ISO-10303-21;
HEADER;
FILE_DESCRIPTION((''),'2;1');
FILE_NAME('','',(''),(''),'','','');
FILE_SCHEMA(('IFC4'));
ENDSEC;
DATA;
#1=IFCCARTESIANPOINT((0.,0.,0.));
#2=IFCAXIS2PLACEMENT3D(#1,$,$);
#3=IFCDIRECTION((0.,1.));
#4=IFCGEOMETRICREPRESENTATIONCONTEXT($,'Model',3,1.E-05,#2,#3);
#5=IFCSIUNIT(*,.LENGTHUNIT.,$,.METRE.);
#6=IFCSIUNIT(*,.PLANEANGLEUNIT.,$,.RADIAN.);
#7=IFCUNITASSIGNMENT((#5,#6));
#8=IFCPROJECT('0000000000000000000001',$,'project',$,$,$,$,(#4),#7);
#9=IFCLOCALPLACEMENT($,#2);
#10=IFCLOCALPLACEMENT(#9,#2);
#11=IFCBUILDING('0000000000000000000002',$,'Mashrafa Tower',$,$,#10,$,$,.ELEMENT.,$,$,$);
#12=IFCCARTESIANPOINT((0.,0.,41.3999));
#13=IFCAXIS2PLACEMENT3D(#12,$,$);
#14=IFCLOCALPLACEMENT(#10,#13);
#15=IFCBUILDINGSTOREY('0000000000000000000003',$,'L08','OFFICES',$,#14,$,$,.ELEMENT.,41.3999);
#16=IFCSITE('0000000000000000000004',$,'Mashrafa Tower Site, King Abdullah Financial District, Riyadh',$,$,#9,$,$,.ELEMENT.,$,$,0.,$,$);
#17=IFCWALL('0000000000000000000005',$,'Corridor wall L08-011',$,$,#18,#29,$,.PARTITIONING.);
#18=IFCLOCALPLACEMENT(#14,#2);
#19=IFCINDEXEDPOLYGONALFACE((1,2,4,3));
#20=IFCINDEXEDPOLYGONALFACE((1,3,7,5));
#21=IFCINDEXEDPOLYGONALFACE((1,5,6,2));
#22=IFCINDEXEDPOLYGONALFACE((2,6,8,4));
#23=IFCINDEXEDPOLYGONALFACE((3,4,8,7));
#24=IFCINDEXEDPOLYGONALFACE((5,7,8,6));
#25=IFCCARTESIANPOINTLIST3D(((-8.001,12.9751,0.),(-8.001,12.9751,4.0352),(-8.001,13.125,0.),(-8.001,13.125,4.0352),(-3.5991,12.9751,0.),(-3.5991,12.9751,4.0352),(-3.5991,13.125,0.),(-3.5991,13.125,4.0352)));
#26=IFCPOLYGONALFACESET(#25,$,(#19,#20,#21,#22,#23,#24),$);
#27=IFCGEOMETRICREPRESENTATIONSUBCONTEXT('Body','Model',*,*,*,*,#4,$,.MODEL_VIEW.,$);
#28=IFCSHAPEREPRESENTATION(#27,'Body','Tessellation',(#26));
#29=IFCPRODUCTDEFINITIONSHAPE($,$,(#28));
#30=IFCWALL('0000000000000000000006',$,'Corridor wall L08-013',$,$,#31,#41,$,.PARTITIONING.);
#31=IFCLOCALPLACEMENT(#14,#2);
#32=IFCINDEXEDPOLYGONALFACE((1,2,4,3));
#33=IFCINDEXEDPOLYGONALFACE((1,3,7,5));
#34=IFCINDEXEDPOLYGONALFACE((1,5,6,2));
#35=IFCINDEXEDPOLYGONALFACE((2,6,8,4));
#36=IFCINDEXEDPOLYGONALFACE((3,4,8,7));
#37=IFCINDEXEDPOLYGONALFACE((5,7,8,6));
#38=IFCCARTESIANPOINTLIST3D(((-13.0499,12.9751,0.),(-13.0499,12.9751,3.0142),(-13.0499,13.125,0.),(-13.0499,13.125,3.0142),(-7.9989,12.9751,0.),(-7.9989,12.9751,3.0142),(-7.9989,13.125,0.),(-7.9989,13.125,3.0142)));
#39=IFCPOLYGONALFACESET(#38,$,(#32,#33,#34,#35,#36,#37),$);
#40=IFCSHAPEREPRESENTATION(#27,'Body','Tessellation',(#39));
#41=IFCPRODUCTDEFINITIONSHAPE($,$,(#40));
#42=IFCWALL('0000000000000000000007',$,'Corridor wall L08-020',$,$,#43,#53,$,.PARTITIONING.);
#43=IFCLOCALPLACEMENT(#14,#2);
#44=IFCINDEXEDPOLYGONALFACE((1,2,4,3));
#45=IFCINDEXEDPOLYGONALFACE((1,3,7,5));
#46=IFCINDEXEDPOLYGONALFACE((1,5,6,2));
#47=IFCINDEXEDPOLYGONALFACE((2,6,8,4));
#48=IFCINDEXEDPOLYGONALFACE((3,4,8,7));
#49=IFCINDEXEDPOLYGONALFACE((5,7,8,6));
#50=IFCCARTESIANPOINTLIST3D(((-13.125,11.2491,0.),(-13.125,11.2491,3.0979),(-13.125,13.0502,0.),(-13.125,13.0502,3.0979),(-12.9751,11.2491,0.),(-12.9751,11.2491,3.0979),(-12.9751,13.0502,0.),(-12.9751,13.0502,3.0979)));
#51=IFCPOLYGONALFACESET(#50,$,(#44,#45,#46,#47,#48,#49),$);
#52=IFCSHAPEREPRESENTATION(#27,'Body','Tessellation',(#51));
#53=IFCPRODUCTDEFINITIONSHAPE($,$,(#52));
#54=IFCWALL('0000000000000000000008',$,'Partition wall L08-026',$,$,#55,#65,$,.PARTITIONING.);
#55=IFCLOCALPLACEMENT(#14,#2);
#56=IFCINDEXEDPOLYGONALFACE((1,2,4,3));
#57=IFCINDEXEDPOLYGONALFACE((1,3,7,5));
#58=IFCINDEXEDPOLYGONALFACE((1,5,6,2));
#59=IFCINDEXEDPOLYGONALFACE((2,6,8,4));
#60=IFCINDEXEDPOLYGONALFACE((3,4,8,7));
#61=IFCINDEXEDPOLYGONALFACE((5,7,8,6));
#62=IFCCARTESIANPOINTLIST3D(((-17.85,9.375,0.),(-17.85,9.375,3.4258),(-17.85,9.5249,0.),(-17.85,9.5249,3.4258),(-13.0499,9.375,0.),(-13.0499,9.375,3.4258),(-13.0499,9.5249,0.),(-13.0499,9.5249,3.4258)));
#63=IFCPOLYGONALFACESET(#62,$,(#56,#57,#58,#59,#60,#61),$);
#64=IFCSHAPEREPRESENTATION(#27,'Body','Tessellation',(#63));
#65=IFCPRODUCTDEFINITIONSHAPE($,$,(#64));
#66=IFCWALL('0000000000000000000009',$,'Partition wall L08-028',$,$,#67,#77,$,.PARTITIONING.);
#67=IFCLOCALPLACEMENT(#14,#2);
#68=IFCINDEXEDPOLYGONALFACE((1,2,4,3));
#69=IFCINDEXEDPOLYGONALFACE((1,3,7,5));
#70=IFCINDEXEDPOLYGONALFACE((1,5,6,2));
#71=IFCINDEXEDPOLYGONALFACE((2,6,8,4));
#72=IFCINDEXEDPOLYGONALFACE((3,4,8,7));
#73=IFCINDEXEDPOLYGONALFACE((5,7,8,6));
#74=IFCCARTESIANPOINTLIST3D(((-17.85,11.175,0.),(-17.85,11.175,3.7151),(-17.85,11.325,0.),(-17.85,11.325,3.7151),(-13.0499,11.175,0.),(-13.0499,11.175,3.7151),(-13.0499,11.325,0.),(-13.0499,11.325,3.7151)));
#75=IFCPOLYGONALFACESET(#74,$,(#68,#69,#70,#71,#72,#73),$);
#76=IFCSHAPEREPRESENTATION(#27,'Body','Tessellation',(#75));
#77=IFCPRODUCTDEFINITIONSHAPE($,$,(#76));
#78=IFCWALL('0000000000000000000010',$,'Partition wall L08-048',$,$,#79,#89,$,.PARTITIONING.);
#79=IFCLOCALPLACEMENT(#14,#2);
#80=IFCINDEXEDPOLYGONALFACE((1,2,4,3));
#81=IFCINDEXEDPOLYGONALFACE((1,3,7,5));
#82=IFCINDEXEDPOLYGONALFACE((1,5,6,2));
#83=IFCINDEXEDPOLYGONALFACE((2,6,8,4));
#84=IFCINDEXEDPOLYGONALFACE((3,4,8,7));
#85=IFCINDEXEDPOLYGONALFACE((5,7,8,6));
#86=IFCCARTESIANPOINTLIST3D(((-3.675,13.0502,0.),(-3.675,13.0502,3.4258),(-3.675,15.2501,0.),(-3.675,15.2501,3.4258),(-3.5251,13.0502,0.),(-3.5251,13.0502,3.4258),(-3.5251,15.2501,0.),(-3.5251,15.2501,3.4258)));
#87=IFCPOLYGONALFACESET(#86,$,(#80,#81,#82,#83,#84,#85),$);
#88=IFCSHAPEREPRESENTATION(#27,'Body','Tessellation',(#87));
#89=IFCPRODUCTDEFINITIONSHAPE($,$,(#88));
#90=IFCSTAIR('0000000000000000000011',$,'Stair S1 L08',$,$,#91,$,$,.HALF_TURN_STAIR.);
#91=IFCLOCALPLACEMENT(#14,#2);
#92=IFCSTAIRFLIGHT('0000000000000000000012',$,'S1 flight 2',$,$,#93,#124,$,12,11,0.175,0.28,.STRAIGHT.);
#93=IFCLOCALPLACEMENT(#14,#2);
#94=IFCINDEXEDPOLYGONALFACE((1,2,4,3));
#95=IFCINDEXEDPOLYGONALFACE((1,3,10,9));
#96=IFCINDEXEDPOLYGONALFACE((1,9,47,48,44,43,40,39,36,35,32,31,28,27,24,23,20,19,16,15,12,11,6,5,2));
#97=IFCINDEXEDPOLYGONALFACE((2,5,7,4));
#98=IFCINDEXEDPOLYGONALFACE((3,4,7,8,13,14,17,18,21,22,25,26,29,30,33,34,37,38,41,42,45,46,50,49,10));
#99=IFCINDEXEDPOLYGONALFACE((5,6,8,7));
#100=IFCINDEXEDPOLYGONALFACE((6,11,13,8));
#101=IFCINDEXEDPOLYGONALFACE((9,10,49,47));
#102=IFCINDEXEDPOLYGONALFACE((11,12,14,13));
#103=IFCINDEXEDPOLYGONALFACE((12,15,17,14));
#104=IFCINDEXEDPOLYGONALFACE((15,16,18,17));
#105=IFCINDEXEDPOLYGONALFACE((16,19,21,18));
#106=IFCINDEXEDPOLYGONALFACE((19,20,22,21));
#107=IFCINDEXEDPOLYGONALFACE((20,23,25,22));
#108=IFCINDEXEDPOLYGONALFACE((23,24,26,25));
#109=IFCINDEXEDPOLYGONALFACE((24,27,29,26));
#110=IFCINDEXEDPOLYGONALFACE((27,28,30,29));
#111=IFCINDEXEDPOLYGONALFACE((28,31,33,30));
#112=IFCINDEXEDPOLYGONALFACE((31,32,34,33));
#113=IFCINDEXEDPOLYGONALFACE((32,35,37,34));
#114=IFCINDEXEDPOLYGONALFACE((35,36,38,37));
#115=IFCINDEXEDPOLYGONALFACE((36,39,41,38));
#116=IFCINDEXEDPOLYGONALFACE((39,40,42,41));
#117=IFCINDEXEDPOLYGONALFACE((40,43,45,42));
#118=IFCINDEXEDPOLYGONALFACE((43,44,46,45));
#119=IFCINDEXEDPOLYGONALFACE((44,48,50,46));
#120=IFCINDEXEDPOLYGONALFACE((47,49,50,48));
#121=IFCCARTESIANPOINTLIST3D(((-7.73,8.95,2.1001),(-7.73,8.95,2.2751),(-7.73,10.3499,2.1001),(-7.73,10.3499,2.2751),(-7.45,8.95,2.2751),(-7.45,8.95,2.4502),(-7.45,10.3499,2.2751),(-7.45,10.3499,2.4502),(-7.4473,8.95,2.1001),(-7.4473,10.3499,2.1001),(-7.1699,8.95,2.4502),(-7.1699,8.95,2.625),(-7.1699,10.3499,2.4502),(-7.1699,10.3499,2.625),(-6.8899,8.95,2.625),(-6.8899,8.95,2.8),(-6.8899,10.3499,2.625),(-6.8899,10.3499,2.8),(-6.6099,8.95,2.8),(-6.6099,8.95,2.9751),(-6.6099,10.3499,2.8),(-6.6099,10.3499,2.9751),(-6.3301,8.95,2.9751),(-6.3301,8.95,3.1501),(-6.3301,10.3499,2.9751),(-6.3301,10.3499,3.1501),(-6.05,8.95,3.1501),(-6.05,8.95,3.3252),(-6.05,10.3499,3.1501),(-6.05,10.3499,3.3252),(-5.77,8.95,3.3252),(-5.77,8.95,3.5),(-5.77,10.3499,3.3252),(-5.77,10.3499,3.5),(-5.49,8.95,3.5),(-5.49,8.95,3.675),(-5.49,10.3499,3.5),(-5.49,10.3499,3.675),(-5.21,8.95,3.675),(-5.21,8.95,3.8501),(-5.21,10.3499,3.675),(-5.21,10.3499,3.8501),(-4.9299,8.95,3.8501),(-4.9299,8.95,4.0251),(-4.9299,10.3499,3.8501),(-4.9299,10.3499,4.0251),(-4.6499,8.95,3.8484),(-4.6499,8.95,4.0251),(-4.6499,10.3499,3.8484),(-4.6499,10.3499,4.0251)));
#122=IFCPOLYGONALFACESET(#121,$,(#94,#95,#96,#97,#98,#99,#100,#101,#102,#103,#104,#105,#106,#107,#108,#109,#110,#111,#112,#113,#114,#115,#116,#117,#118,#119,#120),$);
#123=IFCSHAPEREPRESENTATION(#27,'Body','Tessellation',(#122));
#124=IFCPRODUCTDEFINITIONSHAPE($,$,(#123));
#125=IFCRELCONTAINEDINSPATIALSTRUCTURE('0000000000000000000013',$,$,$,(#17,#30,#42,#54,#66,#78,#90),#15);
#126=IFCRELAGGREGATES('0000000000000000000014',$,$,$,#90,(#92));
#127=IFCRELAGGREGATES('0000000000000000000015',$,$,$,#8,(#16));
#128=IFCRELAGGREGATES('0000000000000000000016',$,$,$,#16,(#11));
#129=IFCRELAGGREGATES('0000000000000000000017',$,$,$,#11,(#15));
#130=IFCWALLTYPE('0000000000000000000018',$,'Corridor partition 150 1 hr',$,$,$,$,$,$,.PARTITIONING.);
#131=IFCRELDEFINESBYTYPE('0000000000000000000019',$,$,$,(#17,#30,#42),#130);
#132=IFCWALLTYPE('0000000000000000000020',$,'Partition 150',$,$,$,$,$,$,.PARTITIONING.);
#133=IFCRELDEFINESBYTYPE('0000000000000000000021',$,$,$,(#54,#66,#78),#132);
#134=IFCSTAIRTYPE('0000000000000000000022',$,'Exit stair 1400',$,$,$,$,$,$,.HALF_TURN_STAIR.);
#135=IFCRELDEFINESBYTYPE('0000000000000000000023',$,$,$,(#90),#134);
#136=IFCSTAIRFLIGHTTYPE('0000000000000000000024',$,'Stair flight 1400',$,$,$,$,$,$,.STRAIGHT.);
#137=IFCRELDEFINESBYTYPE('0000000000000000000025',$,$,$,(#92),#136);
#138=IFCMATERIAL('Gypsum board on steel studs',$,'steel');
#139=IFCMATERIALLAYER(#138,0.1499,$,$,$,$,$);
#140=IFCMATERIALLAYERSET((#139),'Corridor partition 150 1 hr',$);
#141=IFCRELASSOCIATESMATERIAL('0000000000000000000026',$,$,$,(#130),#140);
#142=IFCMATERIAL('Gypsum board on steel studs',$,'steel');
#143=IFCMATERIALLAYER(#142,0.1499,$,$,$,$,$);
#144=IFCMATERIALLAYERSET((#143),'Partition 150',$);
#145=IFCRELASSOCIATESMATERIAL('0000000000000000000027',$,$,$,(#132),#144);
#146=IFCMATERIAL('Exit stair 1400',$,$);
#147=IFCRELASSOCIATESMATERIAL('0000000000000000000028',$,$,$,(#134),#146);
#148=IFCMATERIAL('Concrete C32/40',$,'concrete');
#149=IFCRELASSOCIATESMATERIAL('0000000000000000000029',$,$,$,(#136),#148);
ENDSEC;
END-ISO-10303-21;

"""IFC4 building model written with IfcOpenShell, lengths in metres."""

from ifc_helpers import new_model, si_unit, direction, frame, frame_2d, origin, place, context, subcontext, project, spatial, polyline, rectangle, outline, extrude, material, layer, layer_set, type_object, element, aggregate, save


model = new_model("IFC4")

# Units and contexts
model_context = context("Model", 3, precision=1e-05, world=origin(), true_north=direction((0.0, 1.0)))
body_context = subcontext(model_context, "Body", "Model", "MODEL_VIEW")
ifc_project = project(units=[si_unit("LENGTHUNIT", "METRE"), si_unit("PLANEANGLEUNIT", "RADIAN")], contexts=[model_context])

# Site, building, storey
site_placement = place(None, origin())
site = spatial("IfcSite", under=ifc_project, at=site_placement, Name="Mashrafa Tower Site, King Abdullah Financial District, Riyadh", CompositionType="ELEMENT", RefElevation=0.0)
building_placement = place(site_placement, origin())
building = spatial("IfcBuilding", under=site, at=building_placement, Name="Mashrafa Tower", CompositionType="ELEMENT")
storey_placement = place(building_placement, frame((0.0, 0.0, 41.3999)))
storey = spatial("IfcBuildingStorey", under=building, at=storey_placement, Name="L08", Description="OFFICES", CompositionType="ELEMENT", Elevation=41.3999)

# Shared definitions
ifc_material_1 = material(Name="Gypsum board on steel studs", Category="steel")
ifc_layer_1 = layer(ifc_material_1, 0.1499)
ifc_layer_set_1 = layer_set([ifc_layer_1], Name="Corridor partition 150 1 hr")
wall_type_1 = type_object("IfcWallType", Name="Corridor partition 150 1 hr", PredefinedType="PARTITIONING", material=ifc_layer_set_1)

# Walls
wall_1_placement = place(storey_placement, frame((-3.5991, 13.05, 0.0), z_axis=(0.0, 0.0, 1.0), x_axis=(-1.0, 0.0, 0.0)))
element("IfcWall", 1, at=wall_1_placement, inside=storey, type_object=wall_type_1, Name="Corridor wall L08-011", PredefinedType="PARTITIONING", context=body_context, shape_type="SweptSolid", body=[
    extrude(rectangle(XDim=4.4019, YDim=0.1499, at=frame_2d((2.2009, 0.0))), origin(), (0.0, 0.0, 1.0), 4.0352),
])
wall_2_placement = place(storey_placement, frame((-7.999, 13.05, 0.0), z_axis=(0.0, 0.0, 1.0), x_axis=(-1.0, 0.0, 0.0)))
element("IfcWall", 2, at=wall_2_placement, inside=storey, type_object=wall_type_1, Name="Corridor wall L08-013", PredefinedType="PARTITIONING", context=body_context, shape_type="SweptSolid", body=[
    extrude(rectangle(XDim=5.051, YDim=0.1499, at=frame_2d((2.5254, 0.0))), origin(), (0.0, 0.0, 1.0), 3.0142),
])
wall_3_placement = place(storey_placement, frame((-13.05, 13.05, 0.0), z_axis=(0.0, 0.0, 1.0), x_axis=(0.0, -1.0, 0.0)))
element("IfcWall", 3, at=wall_3_placement, inside=storey, type_object=wall_type_1, Name="Corridor wall L08-020", PredefinedType="PARTITIONING", context=body_context, shape_type="SweptSolid", body=[
    extrude(rectangle(XDim=1.801, YDim=0.1499, at=frame_2d((0.9004, 0.0))), origin(), (0.0, 0.0, 1.0), 3.0979),
])
ifc_material_2 = material(Name="Gypsum board on steel studs", Category="steel")
ifc_layer_2 = layer(ifc_material_2, 0.1499)
ifc_layer_set_2 = layer_set([ifc_layer_2], Name="Partition 150")
wall_type_2 = type_object("IfcWallType", Name="Partition 150", PredefinedType="PARTITIONING", material=ifc_layer_set_2)
wall_4_placement = place(storey_placement, frame((-13.05, 9.45, 0.0), z_axis=(0.0, 0.0, 1.0), x_axis=(-1.0, 0.0, 0.0)))
element("IfcWall", 4, at=wall_4_placement, inside=storey, type_object=wall_type_2, Name="Partition wall L08-026", PredefinedType="PARTITIONING", context=body_context, shape_type="SweptSolid", body=[
    extrude(rectangle(XDim=4.8, YDim=0.1499, at=frame_2d((2.3999, 0.0))), origin(), (0.0, 0.0, 1.0), 3.4258),
])
wall_5_placement = place(storey_placement, frame((-13.05, 11.25, 0.0), z_axis=(0.0, 0.0, 1.0), x_axis=(-1.0, 0.0, 0.0)))
element("IfcWall", 5, at=wall_5_placement, inside=storey, type_object=wall_type_2, Name="Partition wall L08-028", PredefinedType="PARTITIONING", context=body_context, shape_type="SweptSolid", body=[
    extrude(rectangle(XDim=4.8, YDim=0.1499, at=frame_2d((2.3999, 0.0))), origin(), (0.0, 0.0, 1.0), 3.7151),
])
wall_6_placement = place(storey_placement, frame((-3.6001, 13.05, 0.0), z_axis=(0.0, 0.0, 1.0), x_axis=(0.0, 1.0, 0.0)))
element("IfcWall", 6, at=wall_6_placement, inside=storey, type_object=wall_type_2, Name="Partition wall L08-048", PredefinedType="PARTITIONING", context=body_context, shape_type="SweptSolid", body=[
    extrude(rectangle(XDim=2.2, YDim=0.1499, at=frame_2d((1.1001, 0.0))), origin(), (0.0, 0.0, 1.0), 3.4258),
])

# Stair, stair flight
ifc_material_3 = material(Name="Exit stair 1400")
stair_type = type_object("IfcStairType", Name="Exit stair 1400", PredefinedType="HALF_TURN_STAIR", material=ifc_material_3)
stair_placement = place(storey_placement, origin())
stair = element("IfcStair", 7, at=stair_placement, inside=storey, type_object=stair_type, Name="Stair S1 L08", PredefinedType="HALF_TURN_STAIR")
ifc_material_4 = material(Name="Concrete C32/40", Category="concrete")
stair_flight_type = type_object("IfcStairFlightType", Name="Stair flight 1400", PredefinedType="STRAIGHT", material=ifc_material_4)
stair_flight_placement = place(storey_placement, frame((-7.73, 9.6499, 2.1001), z_axis=(0.0, 0.0, 1.0), x_axis=(1.0, 0.0, 0.0)))
stair_flight = element("IfcStairFlight", 8, at=stair_flight_placement, type_object=stair_flight_type, Name="S1 flight 2", NumberOfRisers=12, NumberOfTreads=11, PredefinedType="STRAIGHT", RiserHeight=0.175, TreadLength=0.28, context=body_context, shape_type="SweptSolid", body=[
    extrude(outline(polyline([(0.0, 0.0), (0.0, 0.175), (0.28, 0.175), (0.28, 0.3501), (0.5601, 0.3501), (0.5601, 0.5249), (0.8401, 0.5249), (0.8401, 0.7), (1.1201, 0.7), (1.1201, 0.875), (1.3999, 0.875), (1.3999, 1.05), (1.6799, 1.05), (1.6799, 1.2251), (1.96, 1.2251), (1.96, 1.3999), (2.24, 1.3999), (2.24, 1.575), (2.52, 1.575), (2.52, 1.75), (2.8, 1.75), (2.8, 1.925), (3.0801, 1.925), (3.0801, 2.1001), (3.0801, 1.7483), (0.2827, 0.0), (0.0, 0.0)])), frame((0.0, 0.7, 0.0), z_axis=(0.0, -1.0, 0.0), x_axis=(1.0, 0.0, 0.0)), (0.0, 0.0, 1.0), 1.3999),
])
aggregate(stair, [stair_flight])

save(model, "model.ifc")
